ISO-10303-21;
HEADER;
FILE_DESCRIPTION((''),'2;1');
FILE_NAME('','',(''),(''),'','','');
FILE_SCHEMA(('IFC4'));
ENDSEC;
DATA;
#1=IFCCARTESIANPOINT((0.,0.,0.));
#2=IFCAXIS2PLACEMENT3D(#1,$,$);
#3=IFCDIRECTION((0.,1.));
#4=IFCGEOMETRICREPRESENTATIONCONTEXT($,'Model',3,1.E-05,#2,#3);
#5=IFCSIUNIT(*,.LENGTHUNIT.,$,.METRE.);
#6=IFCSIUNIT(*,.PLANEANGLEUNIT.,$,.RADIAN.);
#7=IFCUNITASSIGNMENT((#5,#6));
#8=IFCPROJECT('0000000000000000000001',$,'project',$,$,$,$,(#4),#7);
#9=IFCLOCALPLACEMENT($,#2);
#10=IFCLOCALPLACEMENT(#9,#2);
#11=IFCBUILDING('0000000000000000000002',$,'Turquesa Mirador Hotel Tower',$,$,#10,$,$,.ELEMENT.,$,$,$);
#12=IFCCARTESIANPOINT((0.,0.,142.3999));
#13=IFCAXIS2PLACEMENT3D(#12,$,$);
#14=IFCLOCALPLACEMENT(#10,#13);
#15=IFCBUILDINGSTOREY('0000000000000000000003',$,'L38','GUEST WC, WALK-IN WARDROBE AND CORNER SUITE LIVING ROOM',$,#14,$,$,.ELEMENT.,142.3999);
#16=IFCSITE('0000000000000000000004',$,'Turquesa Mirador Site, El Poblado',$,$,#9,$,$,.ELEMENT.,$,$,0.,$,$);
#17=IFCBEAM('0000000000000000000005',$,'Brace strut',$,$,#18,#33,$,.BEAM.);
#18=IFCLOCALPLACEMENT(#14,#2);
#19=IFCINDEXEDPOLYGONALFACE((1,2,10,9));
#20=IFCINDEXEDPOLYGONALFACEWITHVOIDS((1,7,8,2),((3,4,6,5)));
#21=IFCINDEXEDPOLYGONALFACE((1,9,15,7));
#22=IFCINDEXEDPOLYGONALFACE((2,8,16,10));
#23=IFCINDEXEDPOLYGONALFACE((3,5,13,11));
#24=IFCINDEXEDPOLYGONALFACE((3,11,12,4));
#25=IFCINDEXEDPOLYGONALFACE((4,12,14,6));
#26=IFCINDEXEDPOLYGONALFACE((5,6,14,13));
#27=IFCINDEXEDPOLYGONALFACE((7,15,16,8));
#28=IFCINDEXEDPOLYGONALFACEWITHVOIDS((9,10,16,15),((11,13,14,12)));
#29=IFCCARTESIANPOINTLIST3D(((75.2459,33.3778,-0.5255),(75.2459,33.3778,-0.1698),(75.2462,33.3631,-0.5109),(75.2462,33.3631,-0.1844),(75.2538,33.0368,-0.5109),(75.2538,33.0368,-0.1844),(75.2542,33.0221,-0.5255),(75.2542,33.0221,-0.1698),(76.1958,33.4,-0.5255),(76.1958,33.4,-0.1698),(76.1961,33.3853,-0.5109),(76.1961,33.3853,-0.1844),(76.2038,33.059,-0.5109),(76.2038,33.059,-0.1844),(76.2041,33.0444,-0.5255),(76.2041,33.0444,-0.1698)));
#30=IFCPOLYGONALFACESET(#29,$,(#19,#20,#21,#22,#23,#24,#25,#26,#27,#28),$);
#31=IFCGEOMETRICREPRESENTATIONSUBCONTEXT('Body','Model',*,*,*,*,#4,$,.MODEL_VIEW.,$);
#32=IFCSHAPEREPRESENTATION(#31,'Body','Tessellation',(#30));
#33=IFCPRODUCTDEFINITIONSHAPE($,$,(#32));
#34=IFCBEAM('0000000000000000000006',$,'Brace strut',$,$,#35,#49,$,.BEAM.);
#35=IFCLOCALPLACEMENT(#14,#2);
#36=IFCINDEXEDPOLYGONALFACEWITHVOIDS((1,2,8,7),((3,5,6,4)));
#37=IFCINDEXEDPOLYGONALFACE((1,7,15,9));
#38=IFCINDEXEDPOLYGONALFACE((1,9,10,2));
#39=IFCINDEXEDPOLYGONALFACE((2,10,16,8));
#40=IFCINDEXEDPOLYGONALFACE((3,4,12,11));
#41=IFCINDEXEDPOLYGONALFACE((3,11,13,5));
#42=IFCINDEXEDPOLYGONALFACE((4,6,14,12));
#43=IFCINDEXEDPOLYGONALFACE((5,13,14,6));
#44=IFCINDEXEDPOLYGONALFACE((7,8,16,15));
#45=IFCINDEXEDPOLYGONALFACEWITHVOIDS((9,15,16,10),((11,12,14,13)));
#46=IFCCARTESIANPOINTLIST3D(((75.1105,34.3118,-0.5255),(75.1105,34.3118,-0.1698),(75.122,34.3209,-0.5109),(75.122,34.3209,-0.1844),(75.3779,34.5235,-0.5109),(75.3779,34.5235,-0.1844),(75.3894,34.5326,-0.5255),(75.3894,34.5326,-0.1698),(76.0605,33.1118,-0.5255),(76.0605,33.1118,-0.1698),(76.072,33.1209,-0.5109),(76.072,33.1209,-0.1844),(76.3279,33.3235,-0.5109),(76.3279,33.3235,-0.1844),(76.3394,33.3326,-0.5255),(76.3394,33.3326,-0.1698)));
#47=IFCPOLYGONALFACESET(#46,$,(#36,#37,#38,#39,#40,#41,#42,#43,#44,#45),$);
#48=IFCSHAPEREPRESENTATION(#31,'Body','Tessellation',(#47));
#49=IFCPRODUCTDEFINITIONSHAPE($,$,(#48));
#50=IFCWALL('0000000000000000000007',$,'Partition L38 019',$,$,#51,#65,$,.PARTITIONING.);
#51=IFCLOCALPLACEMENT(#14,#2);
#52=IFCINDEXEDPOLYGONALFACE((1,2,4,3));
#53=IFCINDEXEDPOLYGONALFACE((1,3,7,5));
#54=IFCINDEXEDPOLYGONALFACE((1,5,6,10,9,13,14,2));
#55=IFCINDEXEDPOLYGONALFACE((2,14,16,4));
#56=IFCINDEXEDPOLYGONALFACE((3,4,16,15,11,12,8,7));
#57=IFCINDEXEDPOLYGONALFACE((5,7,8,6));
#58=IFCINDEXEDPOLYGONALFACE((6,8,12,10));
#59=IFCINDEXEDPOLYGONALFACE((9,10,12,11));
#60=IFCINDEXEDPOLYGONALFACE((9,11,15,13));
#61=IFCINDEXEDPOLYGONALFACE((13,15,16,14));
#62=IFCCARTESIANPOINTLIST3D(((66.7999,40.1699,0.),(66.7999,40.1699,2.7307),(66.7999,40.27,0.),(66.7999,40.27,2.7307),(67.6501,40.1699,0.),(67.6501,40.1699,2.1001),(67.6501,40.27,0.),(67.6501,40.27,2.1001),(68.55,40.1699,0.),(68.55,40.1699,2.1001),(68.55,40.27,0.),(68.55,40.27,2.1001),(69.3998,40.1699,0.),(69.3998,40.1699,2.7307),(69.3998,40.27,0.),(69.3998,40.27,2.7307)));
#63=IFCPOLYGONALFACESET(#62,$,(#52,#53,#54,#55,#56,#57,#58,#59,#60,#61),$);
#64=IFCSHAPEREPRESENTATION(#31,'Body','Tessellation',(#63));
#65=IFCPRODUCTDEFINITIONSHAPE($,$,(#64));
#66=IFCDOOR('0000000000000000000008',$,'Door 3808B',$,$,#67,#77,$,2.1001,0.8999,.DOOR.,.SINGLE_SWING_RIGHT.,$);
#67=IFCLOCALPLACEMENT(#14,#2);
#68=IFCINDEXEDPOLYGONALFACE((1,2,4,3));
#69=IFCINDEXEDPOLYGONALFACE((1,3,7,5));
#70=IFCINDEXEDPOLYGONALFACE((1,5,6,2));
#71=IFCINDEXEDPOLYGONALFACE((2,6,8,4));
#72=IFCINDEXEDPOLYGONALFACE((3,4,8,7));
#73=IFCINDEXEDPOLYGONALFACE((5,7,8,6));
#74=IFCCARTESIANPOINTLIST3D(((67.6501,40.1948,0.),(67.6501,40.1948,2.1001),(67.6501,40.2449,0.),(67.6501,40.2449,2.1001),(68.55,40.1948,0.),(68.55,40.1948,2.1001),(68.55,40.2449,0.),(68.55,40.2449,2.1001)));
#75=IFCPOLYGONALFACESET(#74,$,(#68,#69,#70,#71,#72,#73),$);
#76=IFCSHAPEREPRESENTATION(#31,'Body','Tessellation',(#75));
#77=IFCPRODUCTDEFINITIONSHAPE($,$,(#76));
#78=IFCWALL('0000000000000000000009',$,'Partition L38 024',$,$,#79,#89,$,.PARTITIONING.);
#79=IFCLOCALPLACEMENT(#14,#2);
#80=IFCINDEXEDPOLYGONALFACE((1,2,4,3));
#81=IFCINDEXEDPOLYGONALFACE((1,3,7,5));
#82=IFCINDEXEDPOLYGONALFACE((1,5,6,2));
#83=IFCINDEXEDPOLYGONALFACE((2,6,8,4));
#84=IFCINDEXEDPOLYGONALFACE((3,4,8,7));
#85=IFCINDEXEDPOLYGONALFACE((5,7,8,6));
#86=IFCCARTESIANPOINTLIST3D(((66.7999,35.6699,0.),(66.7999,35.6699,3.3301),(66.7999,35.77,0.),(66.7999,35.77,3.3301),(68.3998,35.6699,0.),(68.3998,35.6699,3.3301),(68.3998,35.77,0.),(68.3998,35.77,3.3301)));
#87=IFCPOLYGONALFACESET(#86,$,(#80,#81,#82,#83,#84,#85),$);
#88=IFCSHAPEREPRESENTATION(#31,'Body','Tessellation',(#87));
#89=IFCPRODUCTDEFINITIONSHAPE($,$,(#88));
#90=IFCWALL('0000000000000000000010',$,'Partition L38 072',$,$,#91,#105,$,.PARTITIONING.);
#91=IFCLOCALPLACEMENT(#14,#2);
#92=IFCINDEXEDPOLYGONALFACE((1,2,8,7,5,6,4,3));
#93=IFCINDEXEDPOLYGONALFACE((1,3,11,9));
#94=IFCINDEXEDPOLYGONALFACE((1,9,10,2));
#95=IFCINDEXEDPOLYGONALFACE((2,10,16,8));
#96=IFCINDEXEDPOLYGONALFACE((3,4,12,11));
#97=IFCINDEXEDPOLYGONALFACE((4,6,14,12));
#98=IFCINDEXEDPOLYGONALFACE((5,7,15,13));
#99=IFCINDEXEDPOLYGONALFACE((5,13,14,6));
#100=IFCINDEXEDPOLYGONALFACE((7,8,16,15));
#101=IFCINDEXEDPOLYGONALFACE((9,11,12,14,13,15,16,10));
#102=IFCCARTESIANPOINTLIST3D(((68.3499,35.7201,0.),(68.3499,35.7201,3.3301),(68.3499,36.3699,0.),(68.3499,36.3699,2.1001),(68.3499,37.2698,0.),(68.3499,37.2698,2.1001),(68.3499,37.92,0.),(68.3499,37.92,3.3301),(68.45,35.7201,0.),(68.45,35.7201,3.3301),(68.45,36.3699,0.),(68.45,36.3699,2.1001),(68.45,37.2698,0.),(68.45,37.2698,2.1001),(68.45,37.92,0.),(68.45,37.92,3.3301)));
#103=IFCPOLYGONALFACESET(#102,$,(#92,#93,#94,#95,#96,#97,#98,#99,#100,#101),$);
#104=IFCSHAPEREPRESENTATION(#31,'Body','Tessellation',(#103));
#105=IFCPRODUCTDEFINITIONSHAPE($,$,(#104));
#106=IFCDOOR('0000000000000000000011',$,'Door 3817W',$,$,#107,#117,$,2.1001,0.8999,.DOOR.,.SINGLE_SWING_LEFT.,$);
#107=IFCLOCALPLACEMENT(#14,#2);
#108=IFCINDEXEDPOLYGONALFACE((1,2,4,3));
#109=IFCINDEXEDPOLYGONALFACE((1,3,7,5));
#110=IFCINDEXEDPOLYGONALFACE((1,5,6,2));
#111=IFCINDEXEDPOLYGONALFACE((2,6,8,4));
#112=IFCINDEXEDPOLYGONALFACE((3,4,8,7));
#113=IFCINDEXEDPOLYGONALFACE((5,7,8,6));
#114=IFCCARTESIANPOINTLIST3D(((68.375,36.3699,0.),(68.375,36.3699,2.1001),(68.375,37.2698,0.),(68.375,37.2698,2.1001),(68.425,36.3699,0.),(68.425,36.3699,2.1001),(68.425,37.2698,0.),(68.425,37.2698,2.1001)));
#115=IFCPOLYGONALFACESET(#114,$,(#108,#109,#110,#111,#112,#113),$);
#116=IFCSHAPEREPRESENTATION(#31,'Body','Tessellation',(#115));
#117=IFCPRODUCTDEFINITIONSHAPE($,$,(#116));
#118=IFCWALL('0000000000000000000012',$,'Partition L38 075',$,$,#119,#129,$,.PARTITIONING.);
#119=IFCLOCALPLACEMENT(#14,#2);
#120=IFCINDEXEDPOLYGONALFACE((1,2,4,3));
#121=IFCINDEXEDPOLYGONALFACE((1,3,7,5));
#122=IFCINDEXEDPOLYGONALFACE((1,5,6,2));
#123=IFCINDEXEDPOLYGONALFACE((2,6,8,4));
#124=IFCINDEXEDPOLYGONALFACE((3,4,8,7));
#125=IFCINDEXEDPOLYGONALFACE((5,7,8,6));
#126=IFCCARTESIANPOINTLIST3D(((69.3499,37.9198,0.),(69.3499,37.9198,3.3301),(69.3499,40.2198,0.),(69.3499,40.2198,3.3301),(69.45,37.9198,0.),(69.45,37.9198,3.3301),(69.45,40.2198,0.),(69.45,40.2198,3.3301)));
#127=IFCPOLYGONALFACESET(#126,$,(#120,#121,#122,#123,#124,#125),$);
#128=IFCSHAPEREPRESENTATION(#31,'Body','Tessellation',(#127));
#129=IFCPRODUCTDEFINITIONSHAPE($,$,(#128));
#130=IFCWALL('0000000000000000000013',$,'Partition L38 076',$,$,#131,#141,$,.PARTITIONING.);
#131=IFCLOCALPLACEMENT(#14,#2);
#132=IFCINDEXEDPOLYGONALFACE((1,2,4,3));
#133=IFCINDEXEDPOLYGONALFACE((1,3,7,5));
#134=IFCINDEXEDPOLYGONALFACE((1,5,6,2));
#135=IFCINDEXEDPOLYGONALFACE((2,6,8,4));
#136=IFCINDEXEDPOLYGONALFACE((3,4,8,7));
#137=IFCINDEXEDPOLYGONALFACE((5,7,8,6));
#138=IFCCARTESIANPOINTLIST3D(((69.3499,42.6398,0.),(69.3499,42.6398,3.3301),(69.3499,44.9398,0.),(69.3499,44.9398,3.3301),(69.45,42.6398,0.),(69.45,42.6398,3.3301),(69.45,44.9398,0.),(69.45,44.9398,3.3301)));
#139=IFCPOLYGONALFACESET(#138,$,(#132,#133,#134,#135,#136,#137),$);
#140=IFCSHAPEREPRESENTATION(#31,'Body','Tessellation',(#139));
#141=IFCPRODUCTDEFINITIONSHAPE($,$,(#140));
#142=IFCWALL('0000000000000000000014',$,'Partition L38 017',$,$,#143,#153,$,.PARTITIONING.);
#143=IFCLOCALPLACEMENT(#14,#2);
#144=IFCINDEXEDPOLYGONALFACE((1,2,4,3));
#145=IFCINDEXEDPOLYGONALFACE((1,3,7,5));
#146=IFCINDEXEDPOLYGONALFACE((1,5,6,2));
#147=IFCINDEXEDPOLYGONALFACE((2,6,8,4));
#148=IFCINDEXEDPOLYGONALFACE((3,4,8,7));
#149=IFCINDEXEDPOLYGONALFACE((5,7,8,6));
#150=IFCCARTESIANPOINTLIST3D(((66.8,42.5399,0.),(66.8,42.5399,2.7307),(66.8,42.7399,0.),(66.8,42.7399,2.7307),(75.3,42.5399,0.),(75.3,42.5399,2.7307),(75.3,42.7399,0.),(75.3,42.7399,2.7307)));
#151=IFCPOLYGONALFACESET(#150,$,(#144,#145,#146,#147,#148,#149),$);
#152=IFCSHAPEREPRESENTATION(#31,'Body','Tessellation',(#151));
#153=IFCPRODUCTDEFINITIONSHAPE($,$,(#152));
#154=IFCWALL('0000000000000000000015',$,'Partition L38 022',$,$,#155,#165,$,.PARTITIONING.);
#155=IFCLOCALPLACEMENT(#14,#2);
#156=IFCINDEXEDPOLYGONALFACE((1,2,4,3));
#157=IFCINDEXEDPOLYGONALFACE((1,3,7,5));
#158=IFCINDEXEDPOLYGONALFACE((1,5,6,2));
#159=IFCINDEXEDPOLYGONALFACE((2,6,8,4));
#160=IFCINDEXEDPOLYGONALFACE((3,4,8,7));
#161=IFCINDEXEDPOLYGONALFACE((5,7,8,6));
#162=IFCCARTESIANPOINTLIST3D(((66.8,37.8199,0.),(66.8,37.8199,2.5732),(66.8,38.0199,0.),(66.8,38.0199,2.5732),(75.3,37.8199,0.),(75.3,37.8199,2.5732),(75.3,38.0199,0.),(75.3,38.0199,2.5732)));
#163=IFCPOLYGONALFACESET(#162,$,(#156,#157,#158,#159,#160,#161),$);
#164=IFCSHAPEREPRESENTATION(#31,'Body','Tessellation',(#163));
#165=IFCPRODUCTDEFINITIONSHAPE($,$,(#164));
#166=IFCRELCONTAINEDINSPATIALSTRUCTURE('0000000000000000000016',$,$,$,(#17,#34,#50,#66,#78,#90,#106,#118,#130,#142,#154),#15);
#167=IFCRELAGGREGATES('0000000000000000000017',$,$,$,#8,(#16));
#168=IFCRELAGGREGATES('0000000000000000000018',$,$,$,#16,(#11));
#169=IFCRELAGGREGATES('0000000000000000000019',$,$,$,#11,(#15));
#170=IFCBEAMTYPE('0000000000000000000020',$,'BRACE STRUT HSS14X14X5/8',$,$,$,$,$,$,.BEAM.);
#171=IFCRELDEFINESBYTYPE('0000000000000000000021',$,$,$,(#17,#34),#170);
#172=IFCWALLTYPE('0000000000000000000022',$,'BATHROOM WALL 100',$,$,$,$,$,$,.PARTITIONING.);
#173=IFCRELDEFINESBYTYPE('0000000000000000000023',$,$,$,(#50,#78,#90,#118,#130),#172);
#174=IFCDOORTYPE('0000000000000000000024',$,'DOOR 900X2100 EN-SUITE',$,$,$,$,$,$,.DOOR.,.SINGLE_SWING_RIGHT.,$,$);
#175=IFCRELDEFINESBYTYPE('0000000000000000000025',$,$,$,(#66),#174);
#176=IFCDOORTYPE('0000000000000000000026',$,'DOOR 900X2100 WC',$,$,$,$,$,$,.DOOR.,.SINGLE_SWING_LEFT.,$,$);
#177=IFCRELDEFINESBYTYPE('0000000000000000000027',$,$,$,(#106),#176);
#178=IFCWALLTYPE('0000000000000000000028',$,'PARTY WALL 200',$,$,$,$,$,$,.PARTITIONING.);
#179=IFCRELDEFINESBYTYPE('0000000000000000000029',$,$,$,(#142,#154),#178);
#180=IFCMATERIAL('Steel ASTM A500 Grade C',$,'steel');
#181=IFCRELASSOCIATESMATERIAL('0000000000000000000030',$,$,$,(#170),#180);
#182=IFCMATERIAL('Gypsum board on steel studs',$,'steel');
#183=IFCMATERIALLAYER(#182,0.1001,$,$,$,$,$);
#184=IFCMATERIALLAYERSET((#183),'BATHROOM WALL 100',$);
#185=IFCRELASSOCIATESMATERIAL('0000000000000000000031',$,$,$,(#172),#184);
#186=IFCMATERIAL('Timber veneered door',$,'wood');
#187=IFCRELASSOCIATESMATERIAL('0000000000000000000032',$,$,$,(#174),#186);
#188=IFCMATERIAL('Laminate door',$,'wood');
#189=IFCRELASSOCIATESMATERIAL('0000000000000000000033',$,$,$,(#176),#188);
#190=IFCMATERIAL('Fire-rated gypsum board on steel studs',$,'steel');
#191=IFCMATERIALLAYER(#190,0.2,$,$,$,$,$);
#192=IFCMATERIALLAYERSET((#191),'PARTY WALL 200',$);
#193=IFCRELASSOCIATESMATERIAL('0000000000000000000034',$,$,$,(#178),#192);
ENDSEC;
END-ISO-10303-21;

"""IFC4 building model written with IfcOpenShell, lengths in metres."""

from ifc_helpers import new_model, si_unit, direction, frame, frame_2d, origin, origin_2d, place, context, subcontext, project, spatial, rectangle, hollow_rectangle, extrude, material, layer, layer_set, material_profile, profile_set, type_object, element, fill, save


model = new_model("IFC4")

# Units and contexts
model_context = context("Model", 3, precision=1e-05, world=origin(), true_north=direction((0.0, 1.0)))
body_context = subcontext(model_context, "Body", "Model", "MODEL_VIEW")
ifc_project = project(units=[si_unit("LENGTHUNIT", "METRE"), si_unit("PLANEANGLEUNIT", "RADIAN")], contexts=[model_context])

# Site, building, storey
site_placement = place(None, origin())
site = spatial("IfcSite", under=ifc_project, at=site_placement, Name="Turquesa Mirador Site, El Poblado", CompositionType="ELEMENT", RefElevation=0.0)
building_placement = place(site_placement, origin())
building = spatial("IfcBuilding", under=site, at=building_placement, Name="Turquesa Mirador Hotel Tower", CompositionType="ELEMENT")
storey_placement = place(building_placement, frame((0.0, 0.0, 142.3999)))
storey = spatial("IfcBuildingStorey", under=building, at=storey_placement, Name="L38", Description="GUEST WC, WALK-IN WARDROBE AND CORNER SUITE LIVING ROOM", CompositionType="ELEMENT", Elevation=142.3999)

# Beams
ifc_material_1 = material(Name="Steel ASTM A500 Grade C", Category="steel")
ifc_material_profile_1 = material_profile(ifc_material_1, hollow_rectangle(XDim=0.3557, YDim=0.3557, WallThickness=0.0146, at=origin_2d()), Name="HSS14X14X5/8")
ifc_profile_set_1 = profile_set([ifc_material_profile_1], Name="Steel ASTM A500 Grade C")
beam_type_1 = type_object("IfcBeamType", Name="BRACE STRUT HSS14X14X5/8", PredefinedType="BEAM", material=ifc_profile_set_1)
beam_1_placement = place(storey_placement, frame((76.2, 33.2222, -0.3477), z_axis=(-0.999727, -0.023381, 0.0), x_axis=(0.023381, -0.999727, 0.0)))
element("IfcBeam", 1, at=beam_1_placement, inside=storey, type_object=beam_type_1, Name="Brace strut", PredefinedType="BEAM", context=body_context, shape_type="SweptSolid", body=[
    extrude(hollow_rectangle(XDim=0.3557, YDim=0.3557, WallThickness=0.0146, at=origin_2d()), origin(), (0.0, 0.0, 1.0), 0.9502),
])
beam_2_placement = place(storey_placement, frame((76.2, 33.2222, -0.3477), z_axis=(-0.620699, 0.784049, 0.0), x_axis=(-0.784049, -0.620699, 0.0)))
element("IfcBeam", 2, at=beam_2_placement, inside=storey, type_object=beam_type_1, Name="Brace strut", PredefinedType="BEAM", context=body_context, shape_type="SweptSolid", body=[
    extrude(hollow_rectangle(XDim=0.3557, YDim=0.3557, WallThickness=0.0146, at=origin_2d()), origin(), (0.0, 0.0, 1.0), 1.5305),
])

# Wall, opening, door
ifc_material_2 = material(Name="Gypsum board on steel studs", Category="steel")
ifc_layer_1 = layer(ifc_material_2, 0.1001)
ifc_layer_set_1 = layer_set([ifc_layer_1], Name="BATHROOM WALL 100")
wall_type_1 = type_object("IfcWallType", Name="BATHROOM WALL 100", PredefinedType="PARTITIONING", material=ifc_layer_set_1)
wall_1_placement = place(storey_placement, frame((66.8, 40.22, 0.0), z_axis=(0.0, 0.0, 1.0), x_axis=(1.0, 0.0, 0.0)))
wall_1 = element("IfcWall", 3, at=wall_1_placement, inside=storey, type_object=wall_type_1, Name="Partition L38 019", PredefinedType="PARTITIONING", context=body_context, shape_type="SweptSolid", body=[
    extrude(rectangle(XDim=2.5999, YDim=0.1001, at=frame_2d((1.2998, 0.0))), origin(), (0.0, 0.0, 1.0), 2.7307),
])
opening_1_placement = place(wall_1_placement, frame((0.8501, 0.0, 0.0)))
opening_1 = element("IfcOpeningElement", 4, at=opening_1_placement, cuts=wall_1, PredefinedType="OPENING", context=body_context, shape_type="SweptSolid", body=[
    extrude(rectangle(XDim=0.8999, YDim=2.1001, at=frame_2d((0.45, 1.05))), frame((0.0, 0.0601, 0.0), z_axis=(0.0, -1.0, 0.0), x_axis=(1.0, 0.0, 0.0)), (0.0, 0.0, 1.0), 0.1201),
])
ifc_material_3 = material(Name="Timber veneered door", Category="wood")
door_type_1 = type_object("IfcDoorType", Name="DOOR 900X2100 EN-SUITE", OperationType="SINGLE_SWING_RIGHT", PredefinedType="DOOR", material=ifc_material_3)
door_1_placement = place(opening_1_placement, origin())
door_1 = element("IfcDoor", 5, at=door_1_placement, inside=storey, type_object=door_type_1, Name="Door 3808B", OperationType="SINGLE_SWING_RIGHT", OverallHeight=2.1001, OverallWidth=0.8999, PredefinedType="DOOR", context=body_context, shape_type="SweptSolid", body=[
    extrude(rectangle(XDim=0.8999, YDim=2.1001, at=frame_2d((0.45, 1.05))), frame((0.0, 0.0249, 0.0), z_axis=(0.0, -1.0, 0.0), x_axis=(1.0, 0.0, 0.0)), (0.0, 0.0, 1.0), 0.05),
])
fill(opening_1, door_1)

# Wall
wall_2_placement = place(storey_placement, frame((66.8, 35.72, 0.0), z_axis=(0.0, 0.0, 1.0), x_axis=(1.0, 0.0, 0.0)))
element("IfcWall", 6, at=wall_2_placement, inside=storey, type_object=wall_type_1, Name="Partition L38 024", PredefinedType="PARTITIONING", context=body_context, shape_type="SweptSolid", body=[
    extrude(rectangle(XDim=1.5999, YDim=0.1001, at=frame_2d((0.7998, 0.0))), origin(), (0.0, 0.0, 1.0), 3.3301),
])

# Wall, opening, door
wall_3_placement = place(storey_placement, frame((68.3999, 35.72, 0.0), z_axis=(0.0, 0.0, 1.0), x_axis=(0.0, 1.0, 0.0)))
wall_3 = element("IfcWall", 7, at=wall_3_placement, inside=storey, type_object=wall_type_1, Name="Partition L38 072", PredefinedType="PARTITIONING", context=body_context, shape_type="SweptSolid", body=[
    extrude(rectangle(XDim=2.2, YDim=0.1001, at=frame_2d((1.1001, 0.0))), origin(), (0.0, 0.0, 1.0), 3.3301),
])
opening_2_placement = place(wall_3_placement, frame((0.6499, 0.0, 0.0)))
opening_2 = element("IfcOpeningElement", 8, at=opening_2_placement, cuts=wall_3, PredefinedType="OPENING", context=body_context, shape_type="SweptSolid", body=[
    extrude(rectangle(XDim=0.8999, YDim=2.1001, at=frame_2d((0.45, 1.05))), frame((0.0, 0.0601, 0.0), z_axis=(0.0, -1.0, 0.0), x_axis=(1.0, 0.0, 0.0)), (0.0, 0.0, 1.0), 0.1201),
])
ifc_material_4 = material(Name="Laminate door", Category="wood")
door_type_2 = type_object("IfcDoorType", Name="DOOR 900X2100 WC", OperationType="SINGLE_SWING_LEFT", PredefinedType="DOOR", material=ifc_material_4)
door_2_placement = place(opening_2_placement, origin())
door_2 = element("IfcDoor", 9, at=door_2_placement, inside=storey, type_object=door_type_2, Name="Door 3817W", OperationType="SINGLE_SWING_LEFT", OverallHeight=2.1001, OverallWidth=0.8999, PredefinedType="DOOR", context=body_context, shape_type="SweptSolid", body=[
    extrude(rectangle(XDim=0.8999, YDim=2.1001, at=frame_2d((0.45, 1.05))), frame((0.0, 0.0249, 0.0), z_axis=(0.0, -1.0, 0.0), x_axis=(1.0, 0.0, 0.0)), (0.0, 0.0, 1.0), 0.05),
])
fill(opening_2, door_2)

# Walls
for number, where, z_axis, x_axis, name in (
    (10, (69.3999, 37.9199, 0.0), (0.0, 0.0, 1.0), (0.0, 1.0, 0.0), "Partition L38 075"),
    (11, (69.3999, 42.6399, 0.0), (0.0, 0.0, 1.0), (0.0, 1.0, 0.0), "Partition L38 076"),
):
    element("IfcWall", number, at=place(storey_placement, frame(where, z_axis=z_axis, x_axis=x_axis)), inside=storey, type_object=wall_type_1, Name=name, PredefinedType="PARTITIONING", context=body_context, shape_type="SweptSolid", body=[
        extrude(rectangle(XDim=2.3, YDim=0.1001, at=frame_2d((1.1499, 0.0))), origin(), (0.0, 0.0, 1.0), 3.3301),
    ])
ifc_material_5 = material(Name="Fire-rated gypsum board on steel studs", Category="steel")
ifc_layer_2 = layer(ifc_material_5, 0.2)
ifc_layer_set_2 = layer_set([ifc_layer_2], Name="PARTY WALL 200")
wall_type_2 = type_object("IfcWallType", Name="PARTY WALL 200", PredefinedType="PARTITIONING", material=ifc_layer_set_2)
wall_4_placement = place(storey_placement, frame((66.8, 42.6399, 0.0), z_axis=(0.0, 0.0, 1.0), x_axis=(1.0, 0.0, 0.0)))
element("IfcWall", 12, at=wall_4_placement, inside=storey, type_object=wall_type_2, Name="Partition L38 017", PredefinedType="PARTITIONING", context=body_context, shape_type="SweptSolid", body=[
    extrude(rectangle(XDim=8.5, YDim=0.2, at=frame_2d((4.25, 0.0))), origin(), (0.0, 0.0, 1.0), 2.7307),
])
wall_5_placement = place(storey_placement, frame((66.8, 37.9199, 0.0), z_axis=(0.0, 0.0, 1.0), x_axis=(1.0, 0.0, 0.0)))
element("IfcWall", 13, at=wall_5_placement, inside=storey, type_object=wall_type_2, Name="Partition L38 022", PredefinedType="PARTITIONING", context=body_context, shape_type="SweptSolid", body=[
    extrude(rectangle(XDim=8.5, YDim=0.2, at=frame_2d((4.25, 0.0))), origin(), (0.0, 0.0, 1.0), 2.5732),
])

save(model, "model.ifc")
